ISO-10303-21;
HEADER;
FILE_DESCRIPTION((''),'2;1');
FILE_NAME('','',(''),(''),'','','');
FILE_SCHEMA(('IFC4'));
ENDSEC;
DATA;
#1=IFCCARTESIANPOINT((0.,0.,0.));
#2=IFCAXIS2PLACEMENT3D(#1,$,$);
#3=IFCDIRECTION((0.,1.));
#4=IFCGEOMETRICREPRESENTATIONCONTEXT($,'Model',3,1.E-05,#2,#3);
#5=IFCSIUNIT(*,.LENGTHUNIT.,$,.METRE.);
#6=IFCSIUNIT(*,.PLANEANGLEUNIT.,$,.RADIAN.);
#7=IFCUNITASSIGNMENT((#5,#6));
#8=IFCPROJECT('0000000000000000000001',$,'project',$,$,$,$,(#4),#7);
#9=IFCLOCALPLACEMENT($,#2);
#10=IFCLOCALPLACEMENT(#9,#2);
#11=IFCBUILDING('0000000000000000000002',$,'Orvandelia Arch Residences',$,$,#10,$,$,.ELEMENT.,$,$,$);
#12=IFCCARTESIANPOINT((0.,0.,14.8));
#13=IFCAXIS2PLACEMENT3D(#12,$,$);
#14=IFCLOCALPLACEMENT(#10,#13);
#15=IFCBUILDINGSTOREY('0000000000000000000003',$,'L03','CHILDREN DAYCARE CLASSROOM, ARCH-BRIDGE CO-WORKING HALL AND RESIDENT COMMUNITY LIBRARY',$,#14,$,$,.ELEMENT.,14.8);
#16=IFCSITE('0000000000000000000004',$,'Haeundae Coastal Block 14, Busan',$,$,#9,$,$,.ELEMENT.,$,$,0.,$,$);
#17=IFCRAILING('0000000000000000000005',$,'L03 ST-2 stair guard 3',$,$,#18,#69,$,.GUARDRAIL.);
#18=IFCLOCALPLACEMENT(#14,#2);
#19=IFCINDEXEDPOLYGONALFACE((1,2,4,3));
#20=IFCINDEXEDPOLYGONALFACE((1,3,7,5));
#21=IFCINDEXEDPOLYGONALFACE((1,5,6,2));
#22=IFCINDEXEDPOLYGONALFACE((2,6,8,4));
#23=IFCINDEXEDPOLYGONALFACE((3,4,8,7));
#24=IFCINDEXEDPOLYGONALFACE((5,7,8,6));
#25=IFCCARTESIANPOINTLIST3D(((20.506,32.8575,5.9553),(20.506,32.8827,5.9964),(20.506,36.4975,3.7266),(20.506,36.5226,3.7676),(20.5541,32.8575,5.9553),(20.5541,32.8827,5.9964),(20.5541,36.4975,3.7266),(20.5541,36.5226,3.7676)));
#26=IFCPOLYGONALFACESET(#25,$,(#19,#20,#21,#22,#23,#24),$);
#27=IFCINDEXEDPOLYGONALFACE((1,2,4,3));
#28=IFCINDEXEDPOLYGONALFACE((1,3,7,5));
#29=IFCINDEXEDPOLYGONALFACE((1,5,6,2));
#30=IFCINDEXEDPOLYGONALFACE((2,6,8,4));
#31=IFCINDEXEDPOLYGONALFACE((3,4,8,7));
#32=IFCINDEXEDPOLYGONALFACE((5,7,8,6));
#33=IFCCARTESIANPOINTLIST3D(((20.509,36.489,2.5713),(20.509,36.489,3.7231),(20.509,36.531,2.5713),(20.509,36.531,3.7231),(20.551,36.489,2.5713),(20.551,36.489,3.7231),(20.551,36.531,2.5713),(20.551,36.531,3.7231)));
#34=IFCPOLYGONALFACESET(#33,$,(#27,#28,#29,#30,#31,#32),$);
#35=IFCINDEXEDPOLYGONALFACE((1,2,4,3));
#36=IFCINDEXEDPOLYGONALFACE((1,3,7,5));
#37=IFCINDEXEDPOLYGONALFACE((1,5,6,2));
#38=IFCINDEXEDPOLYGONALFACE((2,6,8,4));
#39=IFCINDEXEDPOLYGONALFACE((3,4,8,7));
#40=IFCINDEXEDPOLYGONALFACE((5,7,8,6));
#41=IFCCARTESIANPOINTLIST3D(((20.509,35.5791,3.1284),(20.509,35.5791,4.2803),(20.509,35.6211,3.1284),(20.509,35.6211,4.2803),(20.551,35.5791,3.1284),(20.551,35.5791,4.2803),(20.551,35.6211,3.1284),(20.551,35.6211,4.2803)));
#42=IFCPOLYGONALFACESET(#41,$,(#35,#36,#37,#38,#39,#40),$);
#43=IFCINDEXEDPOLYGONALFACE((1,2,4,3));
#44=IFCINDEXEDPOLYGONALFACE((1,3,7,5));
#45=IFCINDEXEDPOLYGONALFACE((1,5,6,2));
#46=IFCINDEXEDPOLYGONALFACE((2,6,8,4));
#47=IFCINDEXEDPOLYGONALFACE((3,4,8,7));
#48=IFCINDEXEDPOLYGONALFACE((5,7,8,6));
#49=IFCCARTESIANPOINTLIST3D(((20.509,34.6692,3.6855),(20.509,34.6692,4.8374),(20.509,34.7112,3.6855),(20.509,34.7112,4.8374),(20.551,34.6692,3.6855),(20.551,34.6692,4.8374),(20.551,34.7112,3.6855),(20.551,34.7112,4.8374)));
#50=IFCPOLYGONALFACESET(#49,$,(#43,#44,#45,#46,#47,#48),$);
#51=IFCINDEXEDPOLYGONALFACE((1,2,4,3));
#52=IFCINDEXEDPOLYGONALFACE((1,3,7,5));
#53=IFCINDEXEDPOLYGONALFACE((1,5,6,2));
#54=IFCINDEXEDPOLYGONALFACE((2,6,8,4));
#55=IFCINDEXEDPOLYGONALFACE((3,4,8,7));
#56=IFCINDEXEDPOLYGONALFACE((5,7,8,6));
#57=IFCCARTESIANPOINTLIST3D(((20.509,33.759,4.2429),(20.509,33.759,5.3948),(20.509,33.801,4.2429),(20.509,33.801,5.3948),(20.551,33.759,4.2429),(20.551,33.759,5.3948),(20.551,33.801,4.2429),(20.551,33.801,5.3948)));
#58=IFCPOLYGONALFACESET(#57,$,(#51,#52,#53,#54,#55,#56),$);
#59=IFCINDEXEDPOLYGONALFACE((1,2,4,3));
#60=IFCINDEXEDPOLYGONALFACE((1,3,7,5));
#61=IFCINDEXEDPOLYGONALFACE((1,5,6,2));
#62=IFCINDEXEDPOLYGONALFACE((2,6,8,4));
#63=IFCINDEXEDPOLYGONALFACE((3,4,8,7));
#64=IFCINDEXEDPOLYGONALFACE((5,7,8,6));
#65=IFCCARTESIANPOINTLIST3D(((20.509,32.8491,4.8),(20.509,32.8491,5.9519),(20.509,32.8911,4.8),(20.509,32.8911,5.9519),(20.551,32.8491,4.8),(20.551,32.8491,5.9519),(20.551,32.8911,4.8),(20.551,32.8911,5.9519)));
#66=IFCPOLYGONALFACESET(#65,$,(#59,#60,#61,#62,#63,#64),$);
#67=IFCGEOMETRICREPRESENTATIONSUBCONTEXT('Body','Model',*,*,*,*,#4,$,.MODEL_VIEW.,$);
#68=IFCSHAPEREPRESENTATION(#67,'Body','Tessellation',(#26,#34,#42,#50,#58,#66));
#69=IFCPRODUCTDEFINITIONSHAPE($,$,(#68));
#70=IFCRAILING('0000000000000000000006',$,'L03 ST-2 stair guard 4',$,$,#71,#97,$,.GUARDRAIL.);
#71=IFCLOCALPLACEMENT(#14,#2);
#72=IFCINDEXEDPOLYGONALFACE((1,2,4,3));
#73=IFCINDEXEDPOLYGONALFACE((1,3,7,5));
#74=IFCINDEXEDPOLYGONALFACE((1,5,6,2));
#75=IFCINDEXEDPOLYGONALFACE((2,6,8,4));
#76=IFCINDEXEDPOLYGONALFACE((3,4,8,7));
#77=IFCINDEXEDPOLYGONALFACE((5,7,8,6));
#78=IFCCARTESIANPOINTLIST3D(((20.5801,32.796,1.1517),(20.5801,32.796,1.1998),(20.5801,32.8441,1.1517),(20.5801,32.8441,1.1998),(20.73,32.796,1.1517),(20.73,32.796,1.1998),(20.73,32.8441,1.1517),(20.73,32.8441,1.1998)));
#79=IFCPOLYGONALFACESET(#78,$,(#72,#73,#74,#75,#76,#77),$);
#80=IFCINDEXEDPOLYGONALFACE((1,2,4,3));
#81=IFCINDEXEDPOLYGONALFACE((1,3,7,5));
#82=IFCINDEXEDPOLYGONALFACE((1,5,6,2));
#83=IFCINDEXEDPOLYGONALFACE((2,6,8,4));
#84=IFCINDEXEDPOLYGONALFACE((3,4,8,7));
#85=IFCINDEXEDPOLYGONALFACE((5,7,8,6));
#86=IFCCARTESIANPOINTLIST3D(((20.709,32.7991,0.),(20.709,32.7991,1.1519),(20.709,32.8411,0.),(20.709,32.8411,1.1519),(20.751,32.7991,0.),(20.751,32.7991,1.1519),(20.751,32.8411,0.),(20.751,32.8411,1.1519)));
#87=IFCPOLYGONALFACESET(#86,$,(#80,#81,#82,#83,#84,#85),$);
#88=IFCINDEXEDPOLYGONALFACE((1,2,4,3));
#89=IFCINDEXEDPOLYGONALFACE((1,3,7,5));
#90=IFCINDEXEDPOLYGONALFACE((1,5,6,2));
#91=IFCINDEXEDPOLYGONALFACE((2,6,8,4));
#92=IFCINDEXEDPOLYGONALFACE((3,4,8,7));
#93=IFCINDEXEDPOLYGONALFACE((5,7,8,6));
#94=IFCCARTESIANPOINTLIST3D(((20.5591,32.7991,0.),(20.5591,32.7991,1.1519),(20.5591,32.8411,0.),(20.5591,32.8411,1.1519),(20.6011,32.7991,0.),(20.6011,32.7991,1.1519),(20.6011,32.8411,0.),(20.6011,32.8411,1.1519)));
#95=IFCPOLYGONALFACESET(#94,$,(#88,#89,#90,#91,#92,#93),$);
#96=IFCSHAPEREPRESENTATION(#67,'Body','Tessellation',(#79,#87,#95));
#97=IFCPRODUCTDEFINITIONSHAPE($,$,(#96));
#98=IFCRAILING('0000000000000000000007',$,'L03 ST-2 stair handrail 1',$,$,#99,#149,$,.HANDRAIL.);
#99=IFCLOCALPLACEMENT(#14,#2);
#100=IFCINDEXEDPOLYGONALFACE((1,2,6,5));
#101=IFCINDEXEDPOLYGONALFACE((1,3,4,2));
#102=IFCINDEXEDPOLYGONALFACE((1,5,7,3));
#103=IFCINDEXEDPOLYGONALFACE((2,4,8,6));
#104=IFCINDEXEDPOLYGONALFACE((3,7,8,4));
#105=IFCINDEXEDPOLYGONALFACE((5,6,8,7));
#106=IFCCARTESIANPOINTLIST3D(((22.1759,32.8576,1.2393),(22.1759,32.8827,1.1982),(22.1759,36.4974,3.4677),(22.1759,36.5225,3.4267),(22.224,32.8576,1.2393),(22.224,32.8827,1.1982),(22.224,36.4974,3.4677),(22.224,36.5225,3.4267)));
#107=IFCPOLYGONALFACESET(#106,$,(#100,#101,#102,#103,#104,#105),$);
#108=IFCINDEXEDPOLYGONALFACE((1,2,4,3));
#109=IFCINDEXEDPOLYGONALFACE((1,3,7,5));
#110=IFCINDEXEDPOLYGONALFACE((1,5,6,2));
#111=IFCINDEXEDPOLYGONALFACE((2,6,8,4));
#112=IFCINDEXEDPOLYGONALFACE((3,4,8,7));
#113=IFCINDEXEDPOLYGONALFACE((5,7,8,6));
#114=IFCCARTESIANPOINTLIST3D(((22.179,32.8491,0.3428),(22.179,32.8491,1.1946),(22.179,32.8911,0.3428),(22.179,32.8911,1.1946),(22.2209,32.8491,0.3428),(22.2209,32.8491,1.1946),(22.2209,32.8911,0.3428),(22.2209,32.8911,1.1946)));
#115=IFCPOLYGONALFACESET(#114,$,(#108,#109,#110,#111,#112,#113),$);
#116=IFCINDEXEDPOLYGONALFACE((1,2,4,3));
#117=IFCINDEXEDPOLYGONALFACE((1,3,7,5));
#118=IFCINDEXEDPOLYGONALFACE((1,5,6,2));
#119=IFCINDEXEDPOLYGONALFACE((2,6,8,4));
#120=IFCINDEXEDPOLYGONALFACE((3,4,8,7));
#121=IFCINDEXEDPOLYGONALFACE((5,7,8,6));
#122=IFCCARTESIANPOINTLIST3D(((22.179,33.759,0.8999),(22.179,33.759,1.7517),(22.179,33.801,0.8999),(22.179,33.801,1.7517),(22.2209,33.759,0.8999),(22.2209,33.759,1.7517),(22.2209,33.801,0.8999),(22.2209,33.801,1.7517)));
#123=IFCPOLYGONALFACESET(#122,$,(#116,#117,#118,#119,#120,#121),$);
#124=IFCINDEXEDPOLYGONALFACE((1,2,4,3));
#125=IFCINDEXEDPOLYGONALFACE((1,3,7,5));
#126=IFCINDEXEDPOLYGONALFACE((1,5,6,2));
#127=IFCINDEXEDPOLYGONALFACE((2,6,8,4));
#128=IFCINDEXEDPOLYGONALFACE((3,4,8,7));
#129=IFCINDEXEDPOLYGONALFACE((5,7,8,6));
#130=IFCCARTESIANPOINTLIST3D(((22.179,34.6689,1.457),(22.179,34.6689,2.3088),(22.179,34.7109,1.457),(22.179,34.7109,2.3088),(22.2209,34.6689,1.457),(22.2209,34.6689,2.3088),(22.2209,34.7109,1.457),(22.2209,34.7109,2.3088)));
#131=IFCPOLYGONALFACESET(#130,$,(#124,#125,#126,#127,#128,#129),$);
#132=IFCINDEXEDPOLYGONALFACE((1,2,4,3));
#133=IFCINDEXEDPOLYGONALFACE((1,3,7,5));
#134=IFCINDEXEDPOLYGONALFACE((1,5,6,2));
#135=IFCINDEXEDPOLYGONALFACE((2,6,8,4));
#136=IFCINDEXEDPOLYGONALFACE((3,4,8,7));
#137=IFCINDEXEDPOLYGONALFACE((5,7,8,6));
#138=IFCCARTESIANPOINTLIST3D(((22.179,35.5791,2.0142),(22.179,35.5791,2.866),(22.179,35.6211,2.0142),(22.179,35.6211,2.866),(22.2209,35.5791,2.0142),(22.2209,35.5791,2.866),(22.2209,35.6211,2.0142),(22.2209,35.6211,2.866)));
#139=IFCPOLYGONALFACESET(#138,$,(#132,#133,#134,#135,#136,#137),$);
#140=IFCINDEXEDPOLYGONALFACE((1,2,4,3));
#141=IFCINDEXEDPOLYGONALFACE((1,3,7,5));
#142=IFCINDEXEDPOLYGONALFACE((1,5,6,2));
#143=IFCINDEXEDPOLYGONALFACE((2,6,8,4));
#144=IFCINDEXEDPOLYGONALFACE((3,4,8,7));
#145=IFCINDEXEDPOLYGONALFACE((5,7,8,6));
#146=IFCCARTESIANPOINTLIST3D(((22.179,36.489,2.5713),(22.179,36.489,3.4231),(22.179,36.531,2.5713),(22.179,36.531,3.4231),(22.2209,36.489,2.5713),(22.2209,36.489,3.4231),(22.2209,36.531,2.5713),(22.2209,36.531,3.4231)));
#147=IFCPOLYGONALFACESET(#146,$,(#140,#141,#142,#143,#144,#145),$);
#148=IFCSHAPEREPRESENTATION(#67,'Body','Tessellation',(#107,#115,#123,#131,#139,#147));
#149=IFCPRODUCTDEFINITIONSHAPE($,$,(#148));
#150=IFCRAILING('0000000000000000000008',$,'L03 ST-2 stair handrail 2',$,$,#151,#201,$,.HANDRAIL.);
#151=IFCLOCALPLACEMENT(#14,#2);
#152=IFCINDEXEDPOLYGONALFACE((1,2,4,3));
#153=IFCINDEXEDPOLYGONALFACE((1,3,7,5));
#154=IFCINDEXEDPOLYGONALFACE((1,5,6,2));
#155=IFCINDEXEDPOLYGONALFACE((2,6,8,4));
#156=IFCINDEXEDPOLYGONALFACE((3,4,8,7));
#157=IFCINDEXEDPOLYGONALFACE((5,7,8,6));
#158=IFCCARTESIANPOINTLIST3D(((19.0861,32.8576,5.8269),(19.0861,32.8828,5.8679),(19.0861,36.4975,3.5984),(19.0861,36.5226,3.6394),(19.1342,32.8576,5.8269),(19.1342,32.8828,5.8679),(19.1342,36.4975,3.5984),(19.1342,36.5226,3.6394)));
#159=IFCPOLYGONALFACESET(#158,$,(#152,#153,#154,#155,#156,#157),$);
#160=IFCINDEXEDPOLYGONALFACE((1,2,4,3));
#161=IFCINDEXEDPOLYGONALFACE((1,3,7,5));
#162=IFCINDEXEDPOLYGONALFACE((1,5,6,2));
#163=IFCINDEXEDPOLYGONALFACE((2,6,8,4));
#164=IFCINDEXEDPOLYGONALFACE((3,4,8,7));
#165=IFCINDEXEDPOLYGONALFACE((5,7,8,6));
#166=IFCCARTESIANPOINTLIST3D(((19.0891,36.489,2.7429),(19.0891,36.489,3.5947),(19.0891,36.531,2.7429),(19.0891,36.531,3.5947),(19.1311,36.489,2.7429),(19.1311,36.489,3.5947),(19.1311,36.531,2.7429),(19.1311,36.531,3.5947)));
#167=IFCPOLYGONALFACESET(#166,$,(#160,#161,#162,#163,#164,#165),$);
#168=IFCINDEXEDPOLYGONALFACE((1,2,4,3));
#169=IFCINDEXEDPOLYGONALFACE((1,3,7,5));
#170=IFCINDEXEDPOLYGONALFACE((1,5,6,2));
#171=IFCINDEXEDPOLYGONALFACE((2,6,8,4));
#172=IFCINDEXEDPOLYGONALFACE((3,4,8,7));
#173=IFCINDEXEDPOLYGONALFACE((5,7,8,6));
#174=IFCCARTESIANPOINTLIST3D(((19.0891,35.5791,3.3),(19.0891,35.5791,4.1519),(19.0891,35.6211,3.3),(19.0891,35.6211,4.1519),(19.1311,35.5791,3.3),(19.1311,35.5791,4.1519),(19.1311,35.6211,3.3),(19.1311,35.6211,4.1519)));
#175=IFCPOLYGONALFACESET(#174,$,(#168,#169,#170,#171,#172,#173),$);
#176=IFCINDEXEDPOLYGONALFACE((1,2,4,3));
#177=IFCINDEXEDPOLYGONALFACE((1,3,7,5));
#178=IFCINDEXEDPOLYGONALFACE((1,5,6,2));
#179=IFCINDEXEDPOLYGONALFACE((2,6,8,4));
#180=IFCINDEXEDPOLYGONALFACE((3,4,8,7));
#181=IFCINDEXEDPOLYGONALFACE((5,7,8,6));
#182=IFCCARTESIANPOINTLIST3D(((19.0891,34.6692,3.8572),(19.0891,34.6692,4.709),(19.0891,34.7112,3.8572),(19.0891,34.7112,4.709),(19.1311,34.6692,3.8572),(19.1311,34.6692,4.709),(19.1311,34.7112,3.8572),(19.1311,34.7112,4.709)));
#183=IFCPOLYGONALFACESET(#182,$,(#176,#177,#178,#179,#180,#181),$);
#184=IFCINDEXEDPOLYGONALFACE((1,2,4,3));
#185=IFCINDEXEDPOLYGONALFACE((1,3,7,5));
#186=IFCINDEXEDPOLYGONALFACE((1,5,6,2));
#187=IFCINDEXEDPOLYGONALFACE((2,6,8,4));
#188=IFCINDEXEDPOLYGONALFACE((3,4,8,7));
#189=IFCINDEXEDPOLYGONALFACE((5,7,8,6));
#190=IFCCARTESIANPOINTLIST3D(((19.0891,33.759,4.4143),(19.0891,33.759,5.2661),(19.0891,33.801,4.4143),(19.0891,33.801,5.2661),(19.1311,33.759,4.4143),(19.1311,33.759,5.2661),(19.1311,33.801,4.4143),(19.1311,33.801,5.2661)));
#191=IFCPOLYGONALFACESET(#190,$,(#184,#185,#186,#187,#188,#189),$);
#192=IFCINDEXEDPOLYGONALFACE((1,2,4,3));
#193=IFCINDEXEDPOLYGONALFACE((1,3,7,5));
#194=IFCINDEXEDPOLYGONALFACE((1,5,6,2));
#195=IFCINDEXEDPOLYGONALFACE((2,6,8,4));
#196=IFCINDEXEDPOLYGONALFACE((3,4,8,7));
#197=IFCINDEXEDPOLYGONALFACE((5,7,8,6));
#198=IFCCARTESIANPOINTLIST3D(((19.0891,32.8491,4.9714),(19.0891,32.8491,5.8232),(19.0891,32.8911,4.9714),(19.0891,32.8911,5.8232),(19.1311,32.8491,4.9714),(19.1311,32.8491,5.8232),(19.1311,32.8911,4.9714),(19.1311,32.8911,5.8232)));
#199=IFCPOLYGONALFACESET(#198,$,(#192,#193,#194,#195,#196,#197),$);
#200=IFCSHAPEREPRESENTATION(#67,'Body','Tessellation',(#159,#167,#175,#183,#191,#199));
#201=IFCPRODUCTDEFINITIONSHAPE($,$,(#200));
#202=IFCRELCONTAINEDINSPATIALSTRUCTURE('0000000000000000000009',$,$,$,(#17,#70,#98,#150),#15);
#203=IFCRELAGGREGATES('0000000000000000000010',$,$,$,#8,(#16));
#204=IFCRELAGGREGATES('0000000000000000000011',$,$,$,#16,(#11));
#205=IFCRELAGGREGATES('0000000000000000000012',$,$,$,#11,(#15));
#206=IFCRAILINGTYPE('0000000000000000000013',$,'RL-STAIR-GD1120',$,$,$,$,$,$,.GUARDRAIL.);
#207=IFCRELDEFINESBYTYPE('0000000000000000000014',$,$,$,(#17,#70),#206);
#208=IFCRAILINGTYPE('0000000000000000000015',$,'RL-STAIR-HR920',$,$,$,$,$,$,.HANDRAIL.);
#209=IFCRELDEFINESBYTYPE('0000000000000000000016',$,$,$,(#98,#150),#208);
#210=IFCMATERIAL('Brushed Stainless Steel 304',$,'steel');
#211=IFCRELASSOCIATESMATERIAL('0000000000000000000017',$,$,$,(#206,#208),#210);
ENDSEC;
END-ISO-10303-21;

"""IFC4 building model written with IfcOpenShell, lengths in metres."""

from ifc_helpers import new_model, si_unit, direction, frame, origin, origin_2d, place, context, subcontext, project, spatial, rectangle, extrude, material, type_object, element, save


model = new_model("IFC4")

# Units and contexts
model_context = context("Model", 3, precision=1e-05, world=origin(), true_north=direction((0.0, 1.0)))
body_context = subcontext(model_context, "Body", "Model", "MODEL_VIEW")
ifc_project = project(units=[si_unit("LENGTHUNIT", "METRE"), si_unit("PLANEANGLEUNIT", "RADIAN")], contexts=[model_context])

# Site, building, storey
site_placement = place(None, origin())
site = spatial("IfcSite", under=ifc_project, at=site_placement, Name="Haeundae Coastal Block 14, Busan", CompositionType="ELEMENT", RefElevation=0.0)
building_placement = place(site_placement, origin())
building = spatial("IfcBuilding", under=site, at=building_placement, Name="Orvandelia Arch Residences", CompositionType="ELEMENT")
storey_placement = place(building_placement, frame((0.0, 0.0, 14.8)))
storey = spatial("IfcBuildingStorey", under=building, at=storey_placement, Name="L03", Description="CHILDREN DAYCARE CLASSROOM, ARCH-BRIDGE CO-WORKING HALL AND RESIDENT COMMUNITY LIBRARY", CompositionType="ELEMENT", Elevation=14.8)

# Railings
ifc_material_1 = material(Name="Brushed Stainless Steel 304", Category="steel")
railing_type_1 = type_object("IfcRailingType", Name="RL-STAIR-GD1120", PredefinedType="GUARDRAIL", material=ifc_material_1)
railing_1_placement = place(storey_placement, frame((20.53, 36.51, 2.5713)))
element("IfcRailing", 1, at=railing_1_placement, inside=storey, type_object=railing_type_1, Name="L03 ST-2 stair guard 3", PredefinedType="GUARDRAIL", context=body_context, shape_type="SweptSolid", body=[
    extrude(rectangle(XDim=0.0481, YDim=0.0481, at=origin_2d()), frame((0.0, 0.0, 1.1758), z_axis=(0.0, -0.852825, 0.522197), x_axis=(1.0, 0.0, 0.0)), (0.0, 0.0, 1.0), 4.2681),
    extrude(rectangle(XDim=0.042, YDim=0.042, at=origin_2d()), origin(), (0.0, 0.0, 1.0), 1.1519),
    extrude(rectangle(XDim=0.042, YDim=0.042, at=origin_2d()), frame((0.0, -0.9099, 0.5571)), (0.0, 0.0, 1.0), 1.1519),
    extrude(rectangle(XDim=0.042, YDim=0.042, at=origin_2d()), frame((0.0, -1.8198, 1.1143)), (0.0, 0.0, 1.0), 1.1519),
    extrude(rectangle(XDim=0.042, YDim=0.042, at=origin_2d()), frame((0.0, -2.73, 1.6716)), (0.0, 0.0, 1.0), 1.1519),
    extrude(rectangle(XDim=0.042, YDim=0.042, at=origin_2d()), frame((0.0, -3.6399, 2.2288)), (0.0, 0.0, 1.0), 1.1519),
])
railing_2_placement = place(storey_placement, frame((20.73, 32.8201, 0.0)))
element("IfcRailing", 2, at=railing_2_placement, inside=storey, type_object=railing_type_1, Name="L03 ST-2 stair guard 4", PredefinedType="GUARDRAIL", context=body_context, shape_type="SweptSolid", body=[
    extrude(rectangle(XDim=0.0481, YDim=0.0481, at=origin_2d()), frame((0.0, 0.0, 1.1758), z_axis=(-1.0, 0.0, 0.0), x_axis=(0.0, -1.0, 0.0)), (0.0, 0.0, 1.0), 0.1499),
    extrude(rectangle(XDim=0.042, YDim=0.042, at=origin_2d()), origin(), (0.0, 0.0, 1.0), 1.1519),
    extrude(rectangle(XDim=0.042, YDim=0.042, at=origin_2d()), frame((-0.1499, 0.0, 0.0)), (0.0, 0.0, 1.0), 1.1519),
])
railing_type_2 = type_object("IfcRailingType", Name="RL-STAIR-HR920", PredefinedType="HANDRAIL", material=ifc_material_1)
railing_3_placement = place(storey_placement, frame((22.2, 32.8701, 0.3428)))
element("IfcRailing", 3, at=railing_3_placement, inside=storey, type_object=railing_type_2, Name="L03 ST-2 stair handrail 1", PredefinedType="HANDRAIL", context=body_context, shape_type="SweptSolid", body=[
    extrude(rectangle(XDim=0.0481, YDim=0.0481, at=origin_2d()), frame((0.0, 0.0, 0.876), z_axis=(0.0, 0.85285, 0.522156), x_axis=(-1.0, 0.0, 0.0)), (0.0, 0.0, 1.0), 4.2678),
    extrude(rectangle(XDim=0.042, YDim=0.042, at=origin_2d()), origin(), (0.0, 0.0, 1.0), 0.8518),
    extrude(rectangle(XDim=0.042, YDim=0.042, at=origin_2d()), frame((0.0, 0.9099, 0.5571)), (0.0, 0.0, 1.0), 0.8518),
    extrude(rectangle(XDim=0.042, YDim=0.042, at=origin_2d()), frame((0.0, 1.8198, 1.1143)), (0.0, 0.0, 1.0), 0.8518),
    extrude(rectangle(XDim=0.042, YDim=0.042, at=origin_2d()), frame((0.0, 2.73, 1.6714)), (0.0, 0.0, 1.0), 0.8518),
    extrude(rectangle(XDim=0.042, YDim=0.042, at=origin_2d()), frame((0.0, 3.6399, 2.2285)), (0.0, 0.0, 1.0), 0.8518),
])
railing_4_placement = place(storey_placement, frame((19.1101, 36.51, 2.7429)))
element("IfcRailing", 4, at=railing_4_placement, inside=storey, type_object=railing_type_2, Name="L03 ST-2 stair handrail 2", PredefinedType="HANDRAIL", context=body_context, shape_type="SweptSolid", body=[
    extrude(rectangle(XDim=0.0481, YDim=0.0481, at=origin_2d()), frame((0.0, 0.0, 0.876), z_axis=(0.0, -0.85285, 0.522156), x_axis=(1.0, 0.0, 0.0)), (0.0, 0.0, 1.0), 4.2678),
    extrude(rectangle(XDim=0.042, YDim=0.042, at=origin_2d()), origin(), (0.0, 0.0, 1.0), 0.8518),
    extrude(rectangle(XDim=0.042, YDim=0.042, at=origin_2d()), frame((0.0, -0.9099, 0.5571)), (0.0, 0.0, 1.0), 0.8518),
    extrude(rectangle(XDim=0.042, YDim=0.042, at=origin_2d()), frame((0.0, -1.8198, 1.1143)), (0.0, 0.0, 1.0), 0.8518),
    extrude(rectangle(XDim=0.042, YDim=0.042, at=origin_2d()), frame((0.0, -2.73, 1.6714)), (0.0, 0.0, 1.0), 0.8518),
    extrude(rectangle(XDim=0.042, YDim=0.042, at=origin_2d()), frame((0.0, -3.6399, 2.2285)), (0.0, 0.0, 1.0), 0.8518),
])

save(model, "model.ifc")
